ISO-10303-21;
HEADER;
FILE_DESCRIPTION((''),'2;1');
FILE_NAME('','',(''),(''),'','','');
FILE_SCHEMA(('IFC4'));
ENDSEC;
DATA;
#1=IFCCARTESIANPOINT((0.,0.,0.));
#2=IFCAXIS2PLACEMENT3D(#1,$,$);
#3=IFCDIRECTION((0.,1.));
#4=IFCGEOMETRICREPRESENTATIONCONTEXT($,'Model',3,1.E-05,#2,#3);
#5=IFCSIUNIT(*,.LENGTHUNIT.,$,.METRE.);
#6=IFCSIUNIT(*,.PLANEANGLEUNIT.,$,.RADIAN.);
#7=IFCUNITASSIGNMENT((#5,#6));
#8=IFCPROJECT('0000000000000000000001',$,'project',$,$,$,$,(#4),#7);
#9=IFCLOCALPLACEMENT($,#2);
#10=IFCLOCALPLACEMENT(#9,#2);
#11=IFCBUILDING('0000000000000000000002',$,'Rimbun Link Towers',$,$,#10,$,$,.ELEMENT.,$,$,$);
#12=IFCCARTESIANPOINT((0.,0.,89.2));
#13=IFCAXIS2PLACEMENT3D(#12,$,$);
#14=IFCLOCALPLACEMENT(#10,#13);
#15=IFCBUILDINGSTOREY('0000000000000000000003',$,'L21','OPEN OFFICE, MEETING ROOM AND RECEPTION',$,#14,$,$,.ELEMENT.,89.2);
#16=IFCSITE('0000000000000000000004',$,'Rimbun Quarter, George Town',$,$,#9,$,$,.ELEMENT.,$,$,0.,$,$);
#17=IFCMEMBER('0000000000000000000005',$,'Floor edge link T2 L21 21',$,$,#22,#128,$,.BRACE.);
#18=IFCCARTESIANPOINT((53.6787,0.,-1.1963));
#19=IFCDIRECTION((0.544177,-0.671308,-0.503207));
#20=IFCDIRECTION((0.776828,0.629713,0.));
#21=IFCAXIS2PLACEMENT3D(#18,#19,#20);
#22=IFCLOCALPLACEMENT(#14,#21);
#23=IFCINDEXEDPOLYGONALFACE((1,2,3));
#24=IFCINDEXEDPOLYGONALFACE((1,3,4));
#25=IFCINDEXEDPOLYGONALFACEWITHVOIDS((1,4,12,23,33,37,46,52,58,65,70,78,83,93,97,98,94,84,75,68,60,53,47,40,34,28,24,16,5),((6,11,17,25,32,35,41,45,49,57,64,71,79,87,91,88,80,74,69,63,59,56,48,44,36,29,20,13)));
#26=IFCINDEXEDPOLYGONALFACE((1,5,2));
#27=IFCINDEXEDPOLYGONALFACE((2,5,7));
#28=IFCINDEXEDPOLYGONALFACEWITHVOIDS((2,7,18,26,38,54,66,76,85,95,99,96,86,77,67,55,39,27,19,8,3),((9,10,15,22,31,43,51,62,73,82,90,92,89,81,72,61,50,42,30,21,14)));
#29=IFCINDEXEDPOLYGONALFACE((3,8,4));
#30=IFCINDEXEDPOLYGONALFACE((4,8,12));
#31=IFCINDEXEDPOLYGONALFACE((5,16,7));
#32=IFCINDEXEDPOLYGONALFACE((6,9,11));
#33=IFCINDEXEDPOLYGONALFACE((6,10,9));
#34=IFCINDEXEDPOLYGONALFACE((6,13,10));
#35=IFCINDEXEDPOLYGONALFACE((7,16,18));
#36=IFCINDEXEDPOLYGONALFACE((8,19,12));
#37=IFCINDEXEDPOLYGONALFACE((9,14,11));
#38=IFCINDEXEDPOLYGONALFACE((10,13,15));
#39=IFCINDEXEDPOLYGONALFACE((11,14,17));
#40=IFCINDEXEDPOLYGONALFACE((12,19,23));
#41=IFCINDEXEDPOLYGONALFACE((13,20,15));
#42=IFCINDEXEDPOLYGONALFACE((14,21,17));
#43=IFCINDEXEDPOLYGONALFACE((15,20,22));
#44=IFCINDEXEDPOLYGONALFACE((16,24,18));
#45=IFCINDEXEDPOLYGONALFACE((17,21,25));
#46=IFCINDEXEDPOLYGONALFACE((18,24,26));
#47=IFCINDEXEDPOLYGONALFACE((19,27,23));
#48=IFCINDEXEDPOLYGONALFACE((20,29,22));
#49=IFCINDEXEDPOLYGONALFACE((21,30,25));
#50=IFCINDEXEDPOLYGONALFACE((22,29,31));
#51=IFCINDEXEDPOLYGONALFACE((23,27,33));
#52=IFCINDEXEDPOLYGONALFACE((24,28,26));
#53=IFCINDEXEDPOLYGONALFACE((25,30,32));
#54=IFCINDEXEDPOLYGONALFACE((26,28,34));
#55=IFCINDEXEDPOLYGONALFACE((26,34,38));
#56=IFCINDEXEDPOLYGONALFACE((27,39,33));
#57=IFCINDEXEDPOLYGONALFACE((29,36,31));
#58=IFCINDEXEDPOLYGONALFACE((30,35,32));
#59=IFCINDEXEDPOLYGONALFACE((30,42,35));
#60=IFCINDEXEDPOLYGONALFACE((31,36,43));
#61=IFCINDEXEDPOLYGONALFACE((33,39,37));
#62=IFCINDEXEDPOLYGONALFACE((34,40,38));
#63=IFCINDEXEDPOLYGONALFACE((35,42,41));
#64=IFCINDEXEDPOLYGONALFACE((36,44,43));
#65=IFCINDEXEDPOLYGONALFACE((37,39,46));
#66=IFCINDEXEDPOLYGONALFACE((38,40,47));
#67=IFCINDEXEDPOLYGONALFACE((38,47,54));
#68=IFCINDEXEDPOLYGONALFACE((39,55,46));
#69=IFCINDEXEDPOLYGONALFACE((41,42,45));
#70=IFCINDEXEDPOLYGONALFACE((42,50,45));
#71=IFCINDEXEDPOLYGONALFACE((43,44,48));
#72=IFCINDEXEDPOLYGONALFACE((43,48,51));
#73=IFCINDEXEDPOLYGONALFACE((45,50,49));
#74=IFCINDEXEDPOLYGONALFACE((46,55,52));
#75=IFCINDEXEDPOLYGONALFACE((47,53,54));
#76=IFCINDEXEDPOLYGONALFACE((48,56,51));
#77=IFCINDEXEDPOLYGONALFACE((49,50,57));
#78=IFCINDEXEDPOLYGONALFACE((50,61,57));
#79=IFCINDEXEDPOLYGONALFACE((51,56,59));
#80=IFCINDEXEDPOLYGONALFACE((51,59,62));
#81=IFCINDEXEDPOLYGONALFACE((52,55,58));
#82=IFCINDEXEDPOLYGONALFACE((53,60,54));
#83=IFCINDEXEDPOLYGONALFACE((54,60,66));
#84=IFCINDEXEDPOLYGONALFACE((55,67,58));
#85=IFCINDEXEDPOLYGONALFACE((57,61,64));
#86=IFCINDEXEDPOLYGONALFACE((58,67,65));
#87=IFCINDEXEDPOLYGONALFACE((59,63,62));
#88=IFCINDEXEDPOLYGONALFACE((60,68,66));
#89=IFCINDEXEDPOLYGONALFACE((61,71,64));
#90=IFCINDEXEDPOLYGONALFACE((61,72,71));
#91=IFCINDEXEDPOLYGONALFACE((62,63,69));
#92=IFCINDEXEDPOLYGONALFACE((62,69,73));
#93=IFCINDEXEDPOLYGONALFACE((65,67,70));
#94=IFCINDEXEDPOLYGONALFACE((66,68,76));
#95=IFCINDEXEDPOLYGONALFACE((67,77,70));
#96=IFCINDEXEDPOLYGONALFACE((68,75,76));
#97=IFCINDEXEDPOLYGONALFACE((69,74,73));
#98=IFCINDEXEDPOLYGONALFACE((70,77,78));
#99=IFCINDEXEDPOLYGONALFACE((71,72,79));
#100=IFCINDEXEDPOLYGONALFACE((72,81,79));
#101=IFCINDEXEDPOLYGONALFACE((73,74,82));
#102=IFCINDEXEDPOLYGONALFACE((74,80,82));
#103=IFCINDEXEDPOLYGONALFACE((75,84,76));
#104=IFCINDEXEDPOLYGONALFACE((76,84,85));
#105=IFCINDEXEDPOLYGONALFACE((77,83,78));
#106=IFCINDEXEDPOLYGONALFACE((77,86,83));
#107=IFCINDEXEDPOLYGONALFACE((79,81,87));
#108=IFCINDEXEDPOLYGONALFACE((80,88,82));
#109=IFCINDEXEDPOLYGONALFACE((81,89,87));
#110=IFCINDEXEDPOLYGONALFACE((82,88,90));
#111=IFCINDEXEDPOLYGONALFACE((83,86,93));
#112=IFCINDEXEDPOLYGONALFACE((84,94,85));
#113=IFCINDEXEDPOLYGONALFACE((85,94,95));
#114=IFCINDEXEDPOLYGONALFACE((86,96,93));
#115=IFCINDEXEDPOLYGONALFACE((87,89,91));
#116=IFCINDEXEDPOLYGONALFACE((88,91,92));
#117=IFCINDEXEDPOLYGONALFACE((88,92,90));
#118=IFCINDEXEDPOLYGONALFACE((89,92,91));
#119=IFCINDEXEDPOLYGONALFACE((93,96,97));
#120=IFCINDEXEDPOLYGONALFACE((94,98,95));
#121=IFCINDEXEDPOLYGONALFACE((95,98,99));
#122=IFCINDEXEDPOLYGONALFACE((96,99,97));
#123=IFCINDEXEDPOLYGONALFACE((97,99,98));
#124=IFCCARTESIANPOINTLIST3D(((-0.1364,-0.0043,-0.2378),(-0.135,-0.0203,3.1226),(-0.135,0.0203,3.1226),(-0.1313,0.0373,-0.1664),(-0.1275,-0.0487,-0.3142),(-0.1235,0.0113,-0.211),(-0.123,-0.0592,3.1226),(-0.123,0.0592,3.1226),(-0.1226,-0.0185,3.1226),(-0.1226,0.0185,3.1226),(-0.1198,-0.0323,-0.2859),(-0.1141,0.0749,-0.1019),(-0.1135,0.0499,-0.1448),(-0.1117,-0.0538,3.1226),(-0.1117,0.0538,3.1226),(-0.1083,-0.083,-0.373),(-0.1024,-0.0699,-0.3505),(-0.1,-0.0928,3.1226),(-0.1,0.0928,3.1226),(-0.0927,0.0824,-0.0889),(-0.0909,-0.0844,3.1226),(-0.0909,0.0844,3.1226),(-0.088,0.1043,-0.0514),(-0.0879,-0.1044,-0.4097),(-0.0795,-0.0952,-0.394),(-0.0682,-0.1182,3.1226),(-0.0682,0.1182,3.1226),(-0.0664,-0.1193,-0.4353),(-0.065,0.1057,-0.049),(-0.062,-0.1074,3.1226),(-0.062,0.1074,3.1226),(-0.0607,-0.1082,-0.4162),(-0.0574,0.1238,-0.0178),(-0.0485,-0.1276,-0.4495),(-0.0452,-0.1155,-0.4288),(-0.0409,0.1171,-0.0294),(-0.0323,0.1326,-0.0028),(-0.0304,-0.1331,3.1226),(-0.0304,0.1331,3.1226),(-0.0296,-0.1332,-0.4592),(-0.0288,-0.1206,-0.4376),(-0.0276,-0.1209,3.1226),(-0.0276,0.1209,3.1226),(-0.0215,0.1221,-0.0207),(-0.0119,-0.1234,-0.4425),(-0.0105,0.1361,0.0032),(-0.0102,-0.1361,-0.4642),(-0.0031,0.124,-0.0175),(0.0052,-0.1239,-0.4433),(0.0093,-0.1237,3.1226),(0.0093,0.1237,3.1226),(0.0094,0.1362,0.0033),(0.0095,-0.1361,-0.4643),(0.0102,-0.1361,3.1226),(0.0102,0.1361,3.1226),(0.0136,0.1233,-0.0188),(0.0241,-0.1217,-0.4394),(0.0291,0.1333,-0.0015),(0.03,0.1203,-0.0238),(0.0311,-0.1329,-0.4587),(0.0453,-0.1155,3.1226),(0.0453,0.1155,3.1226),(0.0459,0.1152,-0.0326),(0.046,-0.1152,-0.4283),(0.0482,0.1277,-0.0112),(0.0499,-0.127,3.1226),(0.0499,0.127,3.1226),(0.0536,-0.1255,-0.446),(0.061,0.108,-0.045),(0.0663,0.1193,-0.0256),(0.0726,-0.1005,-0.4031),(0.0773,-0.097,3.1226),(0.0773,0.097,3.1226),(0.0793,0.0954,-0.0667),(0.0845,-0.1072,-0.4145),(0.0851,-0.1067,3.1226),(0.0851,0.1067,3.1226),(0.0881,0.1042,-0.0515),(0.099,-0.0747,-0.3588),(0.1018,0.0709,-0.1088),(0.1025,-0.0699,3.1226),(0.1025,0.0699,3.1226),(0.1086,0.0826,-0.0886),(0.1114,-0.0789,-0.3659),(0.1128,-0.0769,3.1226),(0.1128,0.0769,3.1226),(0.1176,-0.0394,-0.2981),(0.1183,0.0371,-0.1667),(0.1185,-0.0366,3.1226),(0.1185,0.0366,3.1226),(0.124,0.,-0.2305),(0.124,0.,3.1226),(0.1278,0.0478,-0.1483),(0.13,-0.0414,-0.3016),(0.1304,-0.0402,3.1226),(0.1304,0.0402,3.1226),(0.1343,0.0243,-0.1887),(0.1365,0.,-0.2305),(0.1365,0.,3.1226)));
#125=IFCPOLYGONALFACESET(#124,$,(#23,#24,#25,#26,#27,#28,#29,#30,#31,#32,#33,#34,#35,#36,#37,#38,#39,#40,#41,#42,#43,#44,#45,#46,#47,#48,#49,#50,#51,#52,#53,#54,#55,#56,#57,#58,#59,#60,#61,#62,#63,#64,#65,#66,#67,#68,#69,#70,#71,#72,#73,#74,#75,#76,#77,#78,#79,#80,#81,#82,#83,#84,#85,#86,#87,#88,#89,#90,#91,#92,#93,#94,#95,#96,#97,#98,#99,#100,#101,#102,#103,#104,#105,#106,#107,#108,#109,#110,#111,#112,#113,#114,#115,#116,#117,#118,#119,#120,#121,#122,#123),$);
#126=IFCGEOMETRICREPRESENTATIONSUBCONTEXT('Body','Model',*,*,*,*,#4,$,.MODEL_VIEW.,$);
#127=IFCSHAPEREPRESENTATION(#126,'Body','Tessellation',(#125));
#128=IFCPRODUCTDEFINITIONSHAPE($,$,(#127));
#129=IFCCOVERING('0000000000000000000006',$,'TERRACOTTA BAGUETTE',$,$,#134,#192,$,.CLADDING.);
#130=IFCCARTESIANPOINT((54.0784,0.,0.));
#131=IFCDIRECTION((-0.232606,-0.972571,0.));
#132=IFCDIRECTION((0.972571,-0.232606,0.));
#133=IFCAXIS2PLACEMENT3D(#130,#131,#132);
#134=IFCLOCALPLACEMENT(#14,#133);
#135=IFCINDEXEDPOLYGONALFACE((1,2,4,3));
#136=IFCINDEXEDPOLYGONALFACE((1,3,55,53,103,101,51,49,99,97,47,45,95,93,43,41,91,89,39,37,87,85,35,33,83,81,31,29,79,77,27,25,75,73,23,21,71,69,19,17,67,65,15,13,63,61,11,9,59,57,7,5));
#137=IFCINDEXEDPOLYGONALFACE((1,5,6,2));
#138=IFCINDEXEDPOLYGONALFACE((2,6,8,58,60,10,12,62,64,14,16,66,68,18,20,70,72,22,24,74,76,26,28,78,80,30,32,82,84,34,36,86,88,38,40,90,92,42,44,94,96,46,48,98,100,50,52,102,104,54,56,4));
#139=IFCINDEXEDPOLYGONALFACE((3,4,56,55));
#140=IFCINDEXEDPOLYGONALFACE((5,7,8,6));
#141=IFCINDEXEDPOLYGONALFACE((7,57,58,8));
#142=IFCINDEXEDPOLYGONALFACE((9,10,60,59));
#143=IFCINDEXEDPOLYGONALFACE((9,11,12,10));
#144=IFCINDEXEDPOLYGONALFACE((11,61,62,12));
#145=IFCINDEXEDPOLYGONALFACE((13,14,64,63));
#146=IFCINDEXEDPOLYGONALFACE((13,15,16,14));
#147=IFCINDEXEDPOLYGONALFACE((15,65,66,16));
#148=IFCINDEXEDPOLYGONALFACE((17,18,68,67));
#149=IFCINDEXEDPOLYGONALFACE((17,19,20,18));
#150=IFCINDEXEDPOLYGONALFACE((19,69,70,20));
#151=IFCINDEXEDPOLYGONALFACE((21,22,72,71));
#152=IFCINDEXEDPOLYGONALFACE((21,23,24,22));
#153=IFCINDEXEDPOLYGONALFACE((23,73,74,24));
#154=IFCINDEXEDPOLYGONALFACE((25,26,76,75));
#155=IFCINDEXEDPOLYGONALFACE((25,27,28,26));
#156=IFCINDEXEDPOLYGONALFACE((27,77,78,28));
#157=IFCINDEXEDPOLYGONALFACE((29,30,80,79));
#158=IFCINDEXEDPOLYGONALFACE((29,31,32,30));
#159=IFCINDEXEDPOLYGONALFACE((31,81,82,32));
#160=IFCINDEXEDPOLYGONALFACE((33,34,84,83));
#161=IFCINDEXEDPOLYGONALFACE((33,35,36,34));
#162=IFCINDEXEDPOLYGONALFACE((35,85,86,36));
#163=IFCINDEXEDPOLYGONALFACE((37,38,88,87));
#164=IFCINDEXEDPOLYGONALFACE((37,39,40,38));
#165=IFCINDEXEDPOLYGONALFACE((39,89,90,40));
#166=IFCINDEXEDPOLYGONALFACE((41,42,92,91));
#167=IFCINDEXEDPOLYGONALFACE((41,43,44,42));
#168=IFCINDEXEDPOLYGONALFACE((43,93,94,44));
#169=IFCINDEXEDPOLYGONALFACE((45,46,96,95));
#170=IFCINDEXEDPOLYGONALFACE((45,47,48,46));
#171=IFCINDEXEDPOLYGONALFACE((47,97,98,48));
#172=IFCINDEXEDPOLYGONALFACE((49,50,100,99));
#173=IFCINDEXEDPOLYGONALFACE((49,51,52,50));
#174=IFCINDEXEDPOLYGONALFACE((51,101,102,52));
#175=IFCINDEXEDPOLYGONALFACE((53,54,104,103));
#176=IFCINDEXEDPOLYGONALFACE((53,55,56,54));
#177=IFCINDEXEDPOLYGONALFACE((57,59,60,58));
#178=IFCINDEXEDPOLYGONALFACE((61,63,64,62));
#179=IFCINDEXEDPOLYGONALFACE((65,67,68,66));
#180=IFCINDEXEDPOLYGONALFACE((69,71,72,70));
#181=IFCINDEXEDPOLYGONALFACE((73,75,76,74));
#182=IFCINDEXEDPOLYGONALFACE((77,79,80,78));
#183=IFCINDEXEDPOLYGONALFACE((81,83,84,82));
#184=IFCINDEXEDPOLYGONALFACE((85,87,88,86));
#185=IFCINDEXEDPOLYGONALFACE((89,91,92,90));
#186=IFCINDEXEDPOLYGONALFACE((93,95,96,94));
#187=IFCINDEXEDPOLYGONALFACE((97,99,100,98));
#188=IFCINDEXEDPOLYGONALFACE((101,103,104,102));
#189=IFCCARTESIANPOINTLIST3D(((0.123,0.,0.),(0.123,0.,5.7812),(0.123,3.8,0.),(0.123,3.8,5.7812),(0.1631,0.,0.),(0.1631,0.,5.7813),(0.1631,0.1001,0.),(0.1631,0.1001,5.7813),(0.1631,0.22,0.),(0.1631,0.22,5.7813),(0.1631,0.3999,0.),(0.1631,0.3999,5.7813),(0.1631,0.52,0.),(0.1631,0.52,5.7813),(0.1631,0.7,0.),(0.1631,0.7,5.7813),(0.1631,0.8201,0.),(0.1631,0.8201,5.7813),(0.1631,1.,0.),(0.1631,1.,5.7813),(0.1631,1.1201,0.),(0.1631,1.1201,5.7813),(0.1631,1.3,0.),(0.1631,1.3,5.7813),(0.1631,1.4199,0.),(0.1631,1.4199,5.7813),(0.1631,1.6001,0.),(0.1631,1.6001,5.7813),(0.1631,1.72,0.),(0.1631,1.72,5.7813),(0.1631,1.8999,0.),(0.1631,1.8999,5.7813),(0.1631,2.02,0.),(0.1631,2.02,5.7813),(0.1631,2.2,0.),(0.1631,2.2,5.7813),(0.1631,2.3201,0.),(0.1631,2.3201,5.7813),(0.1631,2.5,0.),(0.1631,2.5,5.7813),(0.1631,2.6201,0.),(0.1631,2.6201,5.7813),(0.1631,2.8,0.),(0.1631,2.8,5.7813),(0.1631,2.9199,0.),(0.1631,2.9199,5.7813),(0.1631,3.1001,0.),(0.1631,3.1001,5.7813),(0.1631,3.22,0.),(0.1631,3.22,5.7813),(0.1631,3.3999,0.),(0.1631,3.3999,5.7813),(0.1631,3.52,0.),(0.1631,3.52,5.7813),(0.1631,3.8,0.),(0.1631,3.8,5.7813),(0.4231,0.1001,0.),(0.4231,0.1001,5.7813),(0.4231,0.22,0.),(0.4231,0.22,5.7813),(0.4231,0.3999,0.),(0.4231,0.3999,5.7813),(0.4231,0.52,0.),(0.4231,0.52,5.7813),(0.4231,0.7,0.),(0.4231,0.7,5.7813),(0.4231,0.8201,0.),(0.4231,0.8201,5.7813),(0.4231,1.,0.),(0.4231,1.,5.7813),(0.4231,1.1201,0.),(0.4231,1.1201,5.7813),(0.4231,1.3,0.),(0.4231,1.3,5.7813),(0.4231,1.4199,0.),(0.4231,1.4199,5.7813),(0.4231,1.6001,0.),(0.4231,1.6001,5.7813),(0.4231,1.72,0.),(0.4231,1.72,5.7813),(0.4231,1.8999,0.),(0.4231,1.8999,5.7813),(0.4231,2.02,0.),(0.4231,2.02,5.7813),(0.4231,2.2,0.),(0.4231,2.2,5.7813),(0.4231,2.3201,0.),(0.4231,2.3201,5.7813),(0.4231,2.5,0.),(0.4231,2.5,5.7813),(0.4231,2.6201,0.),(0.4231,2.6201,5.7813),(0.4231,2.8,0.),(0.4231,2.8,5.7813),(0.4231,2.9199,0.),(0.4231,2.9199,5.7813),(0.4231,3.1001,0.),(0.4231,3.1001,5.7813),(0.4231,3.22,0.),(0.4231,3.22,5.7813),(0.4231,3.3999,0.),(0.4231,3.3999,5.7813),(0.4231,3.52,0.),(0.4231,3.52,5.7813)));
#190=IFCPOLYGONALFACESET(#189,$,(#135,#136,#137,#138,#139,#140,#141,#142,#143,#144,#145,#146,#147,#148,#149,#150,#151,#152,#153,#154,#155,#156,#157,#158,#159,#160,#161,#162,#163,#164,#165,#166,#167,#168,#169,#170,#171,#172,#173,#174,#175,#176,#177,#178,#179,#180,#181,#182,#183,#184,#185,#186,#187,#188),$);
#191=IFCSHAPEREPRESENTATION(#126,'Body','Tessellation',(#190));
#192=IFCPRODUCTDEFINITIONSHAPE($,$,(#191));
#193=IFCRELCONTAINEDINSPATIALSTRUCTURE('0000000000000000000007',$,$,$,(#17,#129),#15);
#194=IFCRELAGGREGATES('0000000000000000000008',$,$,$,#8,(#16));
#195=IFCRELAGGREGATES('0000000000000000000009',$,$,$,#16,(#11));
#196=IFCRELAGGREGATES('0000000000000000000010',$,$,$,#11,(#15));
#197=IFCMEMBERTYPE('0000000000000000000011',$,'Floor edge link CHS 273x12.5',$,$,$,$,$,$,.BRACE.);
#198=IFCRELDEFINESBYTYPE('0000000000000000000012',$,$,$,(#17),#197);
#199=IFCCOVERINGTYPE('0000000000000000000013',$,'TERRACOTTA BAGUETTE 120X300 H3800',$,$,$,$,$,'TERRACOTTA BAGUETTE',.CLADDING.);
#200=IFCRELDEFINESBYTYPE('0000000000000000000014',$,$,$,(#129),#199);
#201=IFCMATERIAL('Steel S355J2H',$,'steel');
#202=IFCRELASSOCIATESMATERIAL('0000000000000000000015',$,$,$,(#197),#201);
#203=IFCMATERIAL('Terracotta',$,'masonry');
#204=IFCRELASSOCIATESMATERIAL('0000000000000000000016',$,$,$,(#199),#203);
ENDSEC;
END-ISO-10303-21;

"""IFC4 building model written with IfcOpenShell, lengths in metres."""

from ifc_helpers import new_model, si_unit, direction, frame, origin, origin_2d, place, context, subcontext, project, spatial, polyline, hollow_circle, outline, extrude, clip, halfspace, material, material_profile, profile_set, type_object, element, save


model = new_model("IFC4")

# Units and contexts
model_context = context("Model", 3, precision=1e-05, world=origin(), true_north=direction((0.0, 1.0)))
body_context = subcontext(model_context, "Body", "Model", "MODEL_VIEW")
ifc_project = project(units=[si_unit("LENGTHUNIT", "METRE"), si_unit("PLANEANGLEUNIT", "RADIAN")], contexts=[model_context])

# Site, building, storey
site_placement = place(None, origin())
site = spatial("IfcSite", under=ifc_project, at=site_placement, Name="Rimbun Quarter, George Town", CompositionType="ELEMENT", RefElevation=0.0)
building_placement = place(site_placement, origin())
building = spatial("IfcBuilding", under=site, at=building_placement, Name="Rimbun Link Towers", CompositionType="ELEMENT")
storey_placement = place(building_placement, frame((0.0, 0.0, 89.2)))
storey = spatial("IfcBuildingStorey", under=building, at=storey_placement, Name="L21", Description="OPEN OFFICE, MEETING ROOM AND RECEPTION", CompositionType="ELEMENT", Elevation=89.2)

# Member
ifc_material_1 = material(Name="Steel S355J2H", Category="steel")
ifc_material_profile_1 = material_profile(ifc_material_1, hollow_circle(Radius=0.1365, WallThickness=0.0125, at=origin_2d()), Name="CHS 273x12.5")
ifc_profile_set_1 = profile_set([ifc_material_profile_1], Name="Steel S355J2H")
member_type_1 = type_object("IfcMemberType", Name="Floor edge link CHS 273x12.5", PredefinedType="BRACE", material=ifc_profile_set_1)
member_1_placement = place(storey_placement, frame((53.6787, 0.0, -1.1963), z_axis=(0.544177, -0.671308, -0.503207), x_axis=(0.776828, 0.629713, 0.0)))
element("IfcMember", 1, at=member_1_placement, inside=storey, type_object=member_type_1, Name="Floor edge link T2 L21 21", PredefinedType="BRACE", context=body_context, shape_type="Clipping", body=[
    clip(extrude(hollow_circle(Radius=0.1365, WallThickness=0.0125, at=origin_2d()), frame((0.0, 0.0, -0.4888)), (0.0, 0.0, 1.0), 3.6113), halfspace(frame((0.0, 0.0, -0.2305), z_axis=(0.0, 0.864166, -0.503207)), False)),
])

# Covering
ifc_material_2 = material(Name="Terracotta", Category="masonry")
ifc_material_profile_2 = material_profile(ifc_material_2, outline(polyline([(0.123, 0.0), (0.1631, 0.0), (0.1631, 0.1001), (0.4231, 0.1001), (0.4231, 0.22), (0.1631, 0.22), (0.1631, 0.3999), (0.4231, 0.3999), (0.4231, 0.52), (0.1631, 0.52), (0.1631, 0.7), (0.4231, 0.7), (0.4231, 0.8201), (0.1631, 0.8201), (0.1631, 1.0), (0.4231, 1.0), (0.4231, 1.1201), (0.1631, 1.1201), (0.1631, 1.3), (0.4231, 1.3), (0.4231, 1.4199), (0.1631, 1.4199), (0.1631, 1.6001), (0.4231, 1.6001), (0.4231, 1.72), (0.1631, 1.72), (0.1631, 1.8999), (0.4231, 1.8999), (0.4231, 2.02), (0.1631, 2.02), (0.1631, 2.2), (0.4231, 2.2), (0.4231, 2.3201), (0.1631, 2.3201), (0.1631, 2.5), (0.4231, 2.5), (0.4231, 2.6201), (0.1631, 2.6201), (0.1631, 2.8), (0.4231, 2.8), (0.4231, 2.9199), (0.1631, 2.9199), (0.1631, 3.1001), (0.4231, 3.1001), (0.4231, 3.22), (0.1631, 3.22), (0.1631, 3.3999), (0.4231, 3.3999), (0.4231, 3.52), (0.1631, 3.52), (0.1631, 3.8), (0.123, 3.8), (0.123, 0.0)])), Name="BAGUETTE 120X300")
ifc_profile_set_2 = profile_set([ifc_material_profile_2], Name="Terracotta")
covering_type = type_object("IfcCoveringType", Name="TERRACOTTA BAGUETTE 120X300 H3800", ElementType="TERRACOTTA BAGUETTE", PredefinedType="CLADDING", material=ifc_profile_set_2)
covering_placement = place(storey_placement, frame((54.0784, 0.0, 0.0), z_axis=(-0.232606, -0.972571, 0.0), x_axis=(0.972571, -0.232606, 0.0)))
element("IfcCovering", 2, at=covering_placement, inside=storey, type_object=covering_type, Name="TERRACOTTA BAGUETTE", PredefinedType="CLADDING", context=body_context, shape_type="SweptSolid", body=[
    extrude(outline(polyline([(0.123, 0.0), (0.1631, 0.0), (0.1631, 0.1001), (0.4231, 0.1001), (0.4231, 0.22), (0.1631, 0.22), (0.1631, 0.3999), (0.4231, 0.3999), (0.4231, 0.52), (0.1631, 0.52), (0.1631, 0.7), (0.4231, 0.7), (0.4231, 0.8201), (0.1631, 0.8201), (0.1631, 1.0), (0.4231, 1.0), (0.4231, 1.1201), (0.1631, 1.1201), (0.1631, 1.3), (0.4231, 1.3), (0.4231, 1.4199), (0.1631, 1.4199), (0.1631, 1.6001), (0.4231, 1.6001), (0.4231, 1.72), (0.1631, 1.72), (0.1631, 1.8999), (0.4231, 1.8999), (0.4231, 2.02), (0.1631, 2.02), (0.1631, 2.2), (0.4231, 2.2), (0.4231, 2.3201), (0.1631, 2.3201), (0.1631, 2.5), (0.4231, 2.5), (0.4231, 2.6201), (0.1631, 2.6201), (0.1631, 2.8), (0.4231, 2.8), (0.4231, 2.9199), (0.1631, 2.9199), (0.1631, 3.1001), (0.4231, 3.1001), (0.4231, 3.22), (0.1631, 3.22), (0.1631, 3.3999), (0.4231, 3.3999), (0.4231, 3.52), (0.1631, 3.52), (0.1631, 3.8), (0.123, 3.8), (0.123, 0.0)])), origin(), (0.0, 0.0, 1.0), 5.7812),
])

save(model, "model.ifc")
